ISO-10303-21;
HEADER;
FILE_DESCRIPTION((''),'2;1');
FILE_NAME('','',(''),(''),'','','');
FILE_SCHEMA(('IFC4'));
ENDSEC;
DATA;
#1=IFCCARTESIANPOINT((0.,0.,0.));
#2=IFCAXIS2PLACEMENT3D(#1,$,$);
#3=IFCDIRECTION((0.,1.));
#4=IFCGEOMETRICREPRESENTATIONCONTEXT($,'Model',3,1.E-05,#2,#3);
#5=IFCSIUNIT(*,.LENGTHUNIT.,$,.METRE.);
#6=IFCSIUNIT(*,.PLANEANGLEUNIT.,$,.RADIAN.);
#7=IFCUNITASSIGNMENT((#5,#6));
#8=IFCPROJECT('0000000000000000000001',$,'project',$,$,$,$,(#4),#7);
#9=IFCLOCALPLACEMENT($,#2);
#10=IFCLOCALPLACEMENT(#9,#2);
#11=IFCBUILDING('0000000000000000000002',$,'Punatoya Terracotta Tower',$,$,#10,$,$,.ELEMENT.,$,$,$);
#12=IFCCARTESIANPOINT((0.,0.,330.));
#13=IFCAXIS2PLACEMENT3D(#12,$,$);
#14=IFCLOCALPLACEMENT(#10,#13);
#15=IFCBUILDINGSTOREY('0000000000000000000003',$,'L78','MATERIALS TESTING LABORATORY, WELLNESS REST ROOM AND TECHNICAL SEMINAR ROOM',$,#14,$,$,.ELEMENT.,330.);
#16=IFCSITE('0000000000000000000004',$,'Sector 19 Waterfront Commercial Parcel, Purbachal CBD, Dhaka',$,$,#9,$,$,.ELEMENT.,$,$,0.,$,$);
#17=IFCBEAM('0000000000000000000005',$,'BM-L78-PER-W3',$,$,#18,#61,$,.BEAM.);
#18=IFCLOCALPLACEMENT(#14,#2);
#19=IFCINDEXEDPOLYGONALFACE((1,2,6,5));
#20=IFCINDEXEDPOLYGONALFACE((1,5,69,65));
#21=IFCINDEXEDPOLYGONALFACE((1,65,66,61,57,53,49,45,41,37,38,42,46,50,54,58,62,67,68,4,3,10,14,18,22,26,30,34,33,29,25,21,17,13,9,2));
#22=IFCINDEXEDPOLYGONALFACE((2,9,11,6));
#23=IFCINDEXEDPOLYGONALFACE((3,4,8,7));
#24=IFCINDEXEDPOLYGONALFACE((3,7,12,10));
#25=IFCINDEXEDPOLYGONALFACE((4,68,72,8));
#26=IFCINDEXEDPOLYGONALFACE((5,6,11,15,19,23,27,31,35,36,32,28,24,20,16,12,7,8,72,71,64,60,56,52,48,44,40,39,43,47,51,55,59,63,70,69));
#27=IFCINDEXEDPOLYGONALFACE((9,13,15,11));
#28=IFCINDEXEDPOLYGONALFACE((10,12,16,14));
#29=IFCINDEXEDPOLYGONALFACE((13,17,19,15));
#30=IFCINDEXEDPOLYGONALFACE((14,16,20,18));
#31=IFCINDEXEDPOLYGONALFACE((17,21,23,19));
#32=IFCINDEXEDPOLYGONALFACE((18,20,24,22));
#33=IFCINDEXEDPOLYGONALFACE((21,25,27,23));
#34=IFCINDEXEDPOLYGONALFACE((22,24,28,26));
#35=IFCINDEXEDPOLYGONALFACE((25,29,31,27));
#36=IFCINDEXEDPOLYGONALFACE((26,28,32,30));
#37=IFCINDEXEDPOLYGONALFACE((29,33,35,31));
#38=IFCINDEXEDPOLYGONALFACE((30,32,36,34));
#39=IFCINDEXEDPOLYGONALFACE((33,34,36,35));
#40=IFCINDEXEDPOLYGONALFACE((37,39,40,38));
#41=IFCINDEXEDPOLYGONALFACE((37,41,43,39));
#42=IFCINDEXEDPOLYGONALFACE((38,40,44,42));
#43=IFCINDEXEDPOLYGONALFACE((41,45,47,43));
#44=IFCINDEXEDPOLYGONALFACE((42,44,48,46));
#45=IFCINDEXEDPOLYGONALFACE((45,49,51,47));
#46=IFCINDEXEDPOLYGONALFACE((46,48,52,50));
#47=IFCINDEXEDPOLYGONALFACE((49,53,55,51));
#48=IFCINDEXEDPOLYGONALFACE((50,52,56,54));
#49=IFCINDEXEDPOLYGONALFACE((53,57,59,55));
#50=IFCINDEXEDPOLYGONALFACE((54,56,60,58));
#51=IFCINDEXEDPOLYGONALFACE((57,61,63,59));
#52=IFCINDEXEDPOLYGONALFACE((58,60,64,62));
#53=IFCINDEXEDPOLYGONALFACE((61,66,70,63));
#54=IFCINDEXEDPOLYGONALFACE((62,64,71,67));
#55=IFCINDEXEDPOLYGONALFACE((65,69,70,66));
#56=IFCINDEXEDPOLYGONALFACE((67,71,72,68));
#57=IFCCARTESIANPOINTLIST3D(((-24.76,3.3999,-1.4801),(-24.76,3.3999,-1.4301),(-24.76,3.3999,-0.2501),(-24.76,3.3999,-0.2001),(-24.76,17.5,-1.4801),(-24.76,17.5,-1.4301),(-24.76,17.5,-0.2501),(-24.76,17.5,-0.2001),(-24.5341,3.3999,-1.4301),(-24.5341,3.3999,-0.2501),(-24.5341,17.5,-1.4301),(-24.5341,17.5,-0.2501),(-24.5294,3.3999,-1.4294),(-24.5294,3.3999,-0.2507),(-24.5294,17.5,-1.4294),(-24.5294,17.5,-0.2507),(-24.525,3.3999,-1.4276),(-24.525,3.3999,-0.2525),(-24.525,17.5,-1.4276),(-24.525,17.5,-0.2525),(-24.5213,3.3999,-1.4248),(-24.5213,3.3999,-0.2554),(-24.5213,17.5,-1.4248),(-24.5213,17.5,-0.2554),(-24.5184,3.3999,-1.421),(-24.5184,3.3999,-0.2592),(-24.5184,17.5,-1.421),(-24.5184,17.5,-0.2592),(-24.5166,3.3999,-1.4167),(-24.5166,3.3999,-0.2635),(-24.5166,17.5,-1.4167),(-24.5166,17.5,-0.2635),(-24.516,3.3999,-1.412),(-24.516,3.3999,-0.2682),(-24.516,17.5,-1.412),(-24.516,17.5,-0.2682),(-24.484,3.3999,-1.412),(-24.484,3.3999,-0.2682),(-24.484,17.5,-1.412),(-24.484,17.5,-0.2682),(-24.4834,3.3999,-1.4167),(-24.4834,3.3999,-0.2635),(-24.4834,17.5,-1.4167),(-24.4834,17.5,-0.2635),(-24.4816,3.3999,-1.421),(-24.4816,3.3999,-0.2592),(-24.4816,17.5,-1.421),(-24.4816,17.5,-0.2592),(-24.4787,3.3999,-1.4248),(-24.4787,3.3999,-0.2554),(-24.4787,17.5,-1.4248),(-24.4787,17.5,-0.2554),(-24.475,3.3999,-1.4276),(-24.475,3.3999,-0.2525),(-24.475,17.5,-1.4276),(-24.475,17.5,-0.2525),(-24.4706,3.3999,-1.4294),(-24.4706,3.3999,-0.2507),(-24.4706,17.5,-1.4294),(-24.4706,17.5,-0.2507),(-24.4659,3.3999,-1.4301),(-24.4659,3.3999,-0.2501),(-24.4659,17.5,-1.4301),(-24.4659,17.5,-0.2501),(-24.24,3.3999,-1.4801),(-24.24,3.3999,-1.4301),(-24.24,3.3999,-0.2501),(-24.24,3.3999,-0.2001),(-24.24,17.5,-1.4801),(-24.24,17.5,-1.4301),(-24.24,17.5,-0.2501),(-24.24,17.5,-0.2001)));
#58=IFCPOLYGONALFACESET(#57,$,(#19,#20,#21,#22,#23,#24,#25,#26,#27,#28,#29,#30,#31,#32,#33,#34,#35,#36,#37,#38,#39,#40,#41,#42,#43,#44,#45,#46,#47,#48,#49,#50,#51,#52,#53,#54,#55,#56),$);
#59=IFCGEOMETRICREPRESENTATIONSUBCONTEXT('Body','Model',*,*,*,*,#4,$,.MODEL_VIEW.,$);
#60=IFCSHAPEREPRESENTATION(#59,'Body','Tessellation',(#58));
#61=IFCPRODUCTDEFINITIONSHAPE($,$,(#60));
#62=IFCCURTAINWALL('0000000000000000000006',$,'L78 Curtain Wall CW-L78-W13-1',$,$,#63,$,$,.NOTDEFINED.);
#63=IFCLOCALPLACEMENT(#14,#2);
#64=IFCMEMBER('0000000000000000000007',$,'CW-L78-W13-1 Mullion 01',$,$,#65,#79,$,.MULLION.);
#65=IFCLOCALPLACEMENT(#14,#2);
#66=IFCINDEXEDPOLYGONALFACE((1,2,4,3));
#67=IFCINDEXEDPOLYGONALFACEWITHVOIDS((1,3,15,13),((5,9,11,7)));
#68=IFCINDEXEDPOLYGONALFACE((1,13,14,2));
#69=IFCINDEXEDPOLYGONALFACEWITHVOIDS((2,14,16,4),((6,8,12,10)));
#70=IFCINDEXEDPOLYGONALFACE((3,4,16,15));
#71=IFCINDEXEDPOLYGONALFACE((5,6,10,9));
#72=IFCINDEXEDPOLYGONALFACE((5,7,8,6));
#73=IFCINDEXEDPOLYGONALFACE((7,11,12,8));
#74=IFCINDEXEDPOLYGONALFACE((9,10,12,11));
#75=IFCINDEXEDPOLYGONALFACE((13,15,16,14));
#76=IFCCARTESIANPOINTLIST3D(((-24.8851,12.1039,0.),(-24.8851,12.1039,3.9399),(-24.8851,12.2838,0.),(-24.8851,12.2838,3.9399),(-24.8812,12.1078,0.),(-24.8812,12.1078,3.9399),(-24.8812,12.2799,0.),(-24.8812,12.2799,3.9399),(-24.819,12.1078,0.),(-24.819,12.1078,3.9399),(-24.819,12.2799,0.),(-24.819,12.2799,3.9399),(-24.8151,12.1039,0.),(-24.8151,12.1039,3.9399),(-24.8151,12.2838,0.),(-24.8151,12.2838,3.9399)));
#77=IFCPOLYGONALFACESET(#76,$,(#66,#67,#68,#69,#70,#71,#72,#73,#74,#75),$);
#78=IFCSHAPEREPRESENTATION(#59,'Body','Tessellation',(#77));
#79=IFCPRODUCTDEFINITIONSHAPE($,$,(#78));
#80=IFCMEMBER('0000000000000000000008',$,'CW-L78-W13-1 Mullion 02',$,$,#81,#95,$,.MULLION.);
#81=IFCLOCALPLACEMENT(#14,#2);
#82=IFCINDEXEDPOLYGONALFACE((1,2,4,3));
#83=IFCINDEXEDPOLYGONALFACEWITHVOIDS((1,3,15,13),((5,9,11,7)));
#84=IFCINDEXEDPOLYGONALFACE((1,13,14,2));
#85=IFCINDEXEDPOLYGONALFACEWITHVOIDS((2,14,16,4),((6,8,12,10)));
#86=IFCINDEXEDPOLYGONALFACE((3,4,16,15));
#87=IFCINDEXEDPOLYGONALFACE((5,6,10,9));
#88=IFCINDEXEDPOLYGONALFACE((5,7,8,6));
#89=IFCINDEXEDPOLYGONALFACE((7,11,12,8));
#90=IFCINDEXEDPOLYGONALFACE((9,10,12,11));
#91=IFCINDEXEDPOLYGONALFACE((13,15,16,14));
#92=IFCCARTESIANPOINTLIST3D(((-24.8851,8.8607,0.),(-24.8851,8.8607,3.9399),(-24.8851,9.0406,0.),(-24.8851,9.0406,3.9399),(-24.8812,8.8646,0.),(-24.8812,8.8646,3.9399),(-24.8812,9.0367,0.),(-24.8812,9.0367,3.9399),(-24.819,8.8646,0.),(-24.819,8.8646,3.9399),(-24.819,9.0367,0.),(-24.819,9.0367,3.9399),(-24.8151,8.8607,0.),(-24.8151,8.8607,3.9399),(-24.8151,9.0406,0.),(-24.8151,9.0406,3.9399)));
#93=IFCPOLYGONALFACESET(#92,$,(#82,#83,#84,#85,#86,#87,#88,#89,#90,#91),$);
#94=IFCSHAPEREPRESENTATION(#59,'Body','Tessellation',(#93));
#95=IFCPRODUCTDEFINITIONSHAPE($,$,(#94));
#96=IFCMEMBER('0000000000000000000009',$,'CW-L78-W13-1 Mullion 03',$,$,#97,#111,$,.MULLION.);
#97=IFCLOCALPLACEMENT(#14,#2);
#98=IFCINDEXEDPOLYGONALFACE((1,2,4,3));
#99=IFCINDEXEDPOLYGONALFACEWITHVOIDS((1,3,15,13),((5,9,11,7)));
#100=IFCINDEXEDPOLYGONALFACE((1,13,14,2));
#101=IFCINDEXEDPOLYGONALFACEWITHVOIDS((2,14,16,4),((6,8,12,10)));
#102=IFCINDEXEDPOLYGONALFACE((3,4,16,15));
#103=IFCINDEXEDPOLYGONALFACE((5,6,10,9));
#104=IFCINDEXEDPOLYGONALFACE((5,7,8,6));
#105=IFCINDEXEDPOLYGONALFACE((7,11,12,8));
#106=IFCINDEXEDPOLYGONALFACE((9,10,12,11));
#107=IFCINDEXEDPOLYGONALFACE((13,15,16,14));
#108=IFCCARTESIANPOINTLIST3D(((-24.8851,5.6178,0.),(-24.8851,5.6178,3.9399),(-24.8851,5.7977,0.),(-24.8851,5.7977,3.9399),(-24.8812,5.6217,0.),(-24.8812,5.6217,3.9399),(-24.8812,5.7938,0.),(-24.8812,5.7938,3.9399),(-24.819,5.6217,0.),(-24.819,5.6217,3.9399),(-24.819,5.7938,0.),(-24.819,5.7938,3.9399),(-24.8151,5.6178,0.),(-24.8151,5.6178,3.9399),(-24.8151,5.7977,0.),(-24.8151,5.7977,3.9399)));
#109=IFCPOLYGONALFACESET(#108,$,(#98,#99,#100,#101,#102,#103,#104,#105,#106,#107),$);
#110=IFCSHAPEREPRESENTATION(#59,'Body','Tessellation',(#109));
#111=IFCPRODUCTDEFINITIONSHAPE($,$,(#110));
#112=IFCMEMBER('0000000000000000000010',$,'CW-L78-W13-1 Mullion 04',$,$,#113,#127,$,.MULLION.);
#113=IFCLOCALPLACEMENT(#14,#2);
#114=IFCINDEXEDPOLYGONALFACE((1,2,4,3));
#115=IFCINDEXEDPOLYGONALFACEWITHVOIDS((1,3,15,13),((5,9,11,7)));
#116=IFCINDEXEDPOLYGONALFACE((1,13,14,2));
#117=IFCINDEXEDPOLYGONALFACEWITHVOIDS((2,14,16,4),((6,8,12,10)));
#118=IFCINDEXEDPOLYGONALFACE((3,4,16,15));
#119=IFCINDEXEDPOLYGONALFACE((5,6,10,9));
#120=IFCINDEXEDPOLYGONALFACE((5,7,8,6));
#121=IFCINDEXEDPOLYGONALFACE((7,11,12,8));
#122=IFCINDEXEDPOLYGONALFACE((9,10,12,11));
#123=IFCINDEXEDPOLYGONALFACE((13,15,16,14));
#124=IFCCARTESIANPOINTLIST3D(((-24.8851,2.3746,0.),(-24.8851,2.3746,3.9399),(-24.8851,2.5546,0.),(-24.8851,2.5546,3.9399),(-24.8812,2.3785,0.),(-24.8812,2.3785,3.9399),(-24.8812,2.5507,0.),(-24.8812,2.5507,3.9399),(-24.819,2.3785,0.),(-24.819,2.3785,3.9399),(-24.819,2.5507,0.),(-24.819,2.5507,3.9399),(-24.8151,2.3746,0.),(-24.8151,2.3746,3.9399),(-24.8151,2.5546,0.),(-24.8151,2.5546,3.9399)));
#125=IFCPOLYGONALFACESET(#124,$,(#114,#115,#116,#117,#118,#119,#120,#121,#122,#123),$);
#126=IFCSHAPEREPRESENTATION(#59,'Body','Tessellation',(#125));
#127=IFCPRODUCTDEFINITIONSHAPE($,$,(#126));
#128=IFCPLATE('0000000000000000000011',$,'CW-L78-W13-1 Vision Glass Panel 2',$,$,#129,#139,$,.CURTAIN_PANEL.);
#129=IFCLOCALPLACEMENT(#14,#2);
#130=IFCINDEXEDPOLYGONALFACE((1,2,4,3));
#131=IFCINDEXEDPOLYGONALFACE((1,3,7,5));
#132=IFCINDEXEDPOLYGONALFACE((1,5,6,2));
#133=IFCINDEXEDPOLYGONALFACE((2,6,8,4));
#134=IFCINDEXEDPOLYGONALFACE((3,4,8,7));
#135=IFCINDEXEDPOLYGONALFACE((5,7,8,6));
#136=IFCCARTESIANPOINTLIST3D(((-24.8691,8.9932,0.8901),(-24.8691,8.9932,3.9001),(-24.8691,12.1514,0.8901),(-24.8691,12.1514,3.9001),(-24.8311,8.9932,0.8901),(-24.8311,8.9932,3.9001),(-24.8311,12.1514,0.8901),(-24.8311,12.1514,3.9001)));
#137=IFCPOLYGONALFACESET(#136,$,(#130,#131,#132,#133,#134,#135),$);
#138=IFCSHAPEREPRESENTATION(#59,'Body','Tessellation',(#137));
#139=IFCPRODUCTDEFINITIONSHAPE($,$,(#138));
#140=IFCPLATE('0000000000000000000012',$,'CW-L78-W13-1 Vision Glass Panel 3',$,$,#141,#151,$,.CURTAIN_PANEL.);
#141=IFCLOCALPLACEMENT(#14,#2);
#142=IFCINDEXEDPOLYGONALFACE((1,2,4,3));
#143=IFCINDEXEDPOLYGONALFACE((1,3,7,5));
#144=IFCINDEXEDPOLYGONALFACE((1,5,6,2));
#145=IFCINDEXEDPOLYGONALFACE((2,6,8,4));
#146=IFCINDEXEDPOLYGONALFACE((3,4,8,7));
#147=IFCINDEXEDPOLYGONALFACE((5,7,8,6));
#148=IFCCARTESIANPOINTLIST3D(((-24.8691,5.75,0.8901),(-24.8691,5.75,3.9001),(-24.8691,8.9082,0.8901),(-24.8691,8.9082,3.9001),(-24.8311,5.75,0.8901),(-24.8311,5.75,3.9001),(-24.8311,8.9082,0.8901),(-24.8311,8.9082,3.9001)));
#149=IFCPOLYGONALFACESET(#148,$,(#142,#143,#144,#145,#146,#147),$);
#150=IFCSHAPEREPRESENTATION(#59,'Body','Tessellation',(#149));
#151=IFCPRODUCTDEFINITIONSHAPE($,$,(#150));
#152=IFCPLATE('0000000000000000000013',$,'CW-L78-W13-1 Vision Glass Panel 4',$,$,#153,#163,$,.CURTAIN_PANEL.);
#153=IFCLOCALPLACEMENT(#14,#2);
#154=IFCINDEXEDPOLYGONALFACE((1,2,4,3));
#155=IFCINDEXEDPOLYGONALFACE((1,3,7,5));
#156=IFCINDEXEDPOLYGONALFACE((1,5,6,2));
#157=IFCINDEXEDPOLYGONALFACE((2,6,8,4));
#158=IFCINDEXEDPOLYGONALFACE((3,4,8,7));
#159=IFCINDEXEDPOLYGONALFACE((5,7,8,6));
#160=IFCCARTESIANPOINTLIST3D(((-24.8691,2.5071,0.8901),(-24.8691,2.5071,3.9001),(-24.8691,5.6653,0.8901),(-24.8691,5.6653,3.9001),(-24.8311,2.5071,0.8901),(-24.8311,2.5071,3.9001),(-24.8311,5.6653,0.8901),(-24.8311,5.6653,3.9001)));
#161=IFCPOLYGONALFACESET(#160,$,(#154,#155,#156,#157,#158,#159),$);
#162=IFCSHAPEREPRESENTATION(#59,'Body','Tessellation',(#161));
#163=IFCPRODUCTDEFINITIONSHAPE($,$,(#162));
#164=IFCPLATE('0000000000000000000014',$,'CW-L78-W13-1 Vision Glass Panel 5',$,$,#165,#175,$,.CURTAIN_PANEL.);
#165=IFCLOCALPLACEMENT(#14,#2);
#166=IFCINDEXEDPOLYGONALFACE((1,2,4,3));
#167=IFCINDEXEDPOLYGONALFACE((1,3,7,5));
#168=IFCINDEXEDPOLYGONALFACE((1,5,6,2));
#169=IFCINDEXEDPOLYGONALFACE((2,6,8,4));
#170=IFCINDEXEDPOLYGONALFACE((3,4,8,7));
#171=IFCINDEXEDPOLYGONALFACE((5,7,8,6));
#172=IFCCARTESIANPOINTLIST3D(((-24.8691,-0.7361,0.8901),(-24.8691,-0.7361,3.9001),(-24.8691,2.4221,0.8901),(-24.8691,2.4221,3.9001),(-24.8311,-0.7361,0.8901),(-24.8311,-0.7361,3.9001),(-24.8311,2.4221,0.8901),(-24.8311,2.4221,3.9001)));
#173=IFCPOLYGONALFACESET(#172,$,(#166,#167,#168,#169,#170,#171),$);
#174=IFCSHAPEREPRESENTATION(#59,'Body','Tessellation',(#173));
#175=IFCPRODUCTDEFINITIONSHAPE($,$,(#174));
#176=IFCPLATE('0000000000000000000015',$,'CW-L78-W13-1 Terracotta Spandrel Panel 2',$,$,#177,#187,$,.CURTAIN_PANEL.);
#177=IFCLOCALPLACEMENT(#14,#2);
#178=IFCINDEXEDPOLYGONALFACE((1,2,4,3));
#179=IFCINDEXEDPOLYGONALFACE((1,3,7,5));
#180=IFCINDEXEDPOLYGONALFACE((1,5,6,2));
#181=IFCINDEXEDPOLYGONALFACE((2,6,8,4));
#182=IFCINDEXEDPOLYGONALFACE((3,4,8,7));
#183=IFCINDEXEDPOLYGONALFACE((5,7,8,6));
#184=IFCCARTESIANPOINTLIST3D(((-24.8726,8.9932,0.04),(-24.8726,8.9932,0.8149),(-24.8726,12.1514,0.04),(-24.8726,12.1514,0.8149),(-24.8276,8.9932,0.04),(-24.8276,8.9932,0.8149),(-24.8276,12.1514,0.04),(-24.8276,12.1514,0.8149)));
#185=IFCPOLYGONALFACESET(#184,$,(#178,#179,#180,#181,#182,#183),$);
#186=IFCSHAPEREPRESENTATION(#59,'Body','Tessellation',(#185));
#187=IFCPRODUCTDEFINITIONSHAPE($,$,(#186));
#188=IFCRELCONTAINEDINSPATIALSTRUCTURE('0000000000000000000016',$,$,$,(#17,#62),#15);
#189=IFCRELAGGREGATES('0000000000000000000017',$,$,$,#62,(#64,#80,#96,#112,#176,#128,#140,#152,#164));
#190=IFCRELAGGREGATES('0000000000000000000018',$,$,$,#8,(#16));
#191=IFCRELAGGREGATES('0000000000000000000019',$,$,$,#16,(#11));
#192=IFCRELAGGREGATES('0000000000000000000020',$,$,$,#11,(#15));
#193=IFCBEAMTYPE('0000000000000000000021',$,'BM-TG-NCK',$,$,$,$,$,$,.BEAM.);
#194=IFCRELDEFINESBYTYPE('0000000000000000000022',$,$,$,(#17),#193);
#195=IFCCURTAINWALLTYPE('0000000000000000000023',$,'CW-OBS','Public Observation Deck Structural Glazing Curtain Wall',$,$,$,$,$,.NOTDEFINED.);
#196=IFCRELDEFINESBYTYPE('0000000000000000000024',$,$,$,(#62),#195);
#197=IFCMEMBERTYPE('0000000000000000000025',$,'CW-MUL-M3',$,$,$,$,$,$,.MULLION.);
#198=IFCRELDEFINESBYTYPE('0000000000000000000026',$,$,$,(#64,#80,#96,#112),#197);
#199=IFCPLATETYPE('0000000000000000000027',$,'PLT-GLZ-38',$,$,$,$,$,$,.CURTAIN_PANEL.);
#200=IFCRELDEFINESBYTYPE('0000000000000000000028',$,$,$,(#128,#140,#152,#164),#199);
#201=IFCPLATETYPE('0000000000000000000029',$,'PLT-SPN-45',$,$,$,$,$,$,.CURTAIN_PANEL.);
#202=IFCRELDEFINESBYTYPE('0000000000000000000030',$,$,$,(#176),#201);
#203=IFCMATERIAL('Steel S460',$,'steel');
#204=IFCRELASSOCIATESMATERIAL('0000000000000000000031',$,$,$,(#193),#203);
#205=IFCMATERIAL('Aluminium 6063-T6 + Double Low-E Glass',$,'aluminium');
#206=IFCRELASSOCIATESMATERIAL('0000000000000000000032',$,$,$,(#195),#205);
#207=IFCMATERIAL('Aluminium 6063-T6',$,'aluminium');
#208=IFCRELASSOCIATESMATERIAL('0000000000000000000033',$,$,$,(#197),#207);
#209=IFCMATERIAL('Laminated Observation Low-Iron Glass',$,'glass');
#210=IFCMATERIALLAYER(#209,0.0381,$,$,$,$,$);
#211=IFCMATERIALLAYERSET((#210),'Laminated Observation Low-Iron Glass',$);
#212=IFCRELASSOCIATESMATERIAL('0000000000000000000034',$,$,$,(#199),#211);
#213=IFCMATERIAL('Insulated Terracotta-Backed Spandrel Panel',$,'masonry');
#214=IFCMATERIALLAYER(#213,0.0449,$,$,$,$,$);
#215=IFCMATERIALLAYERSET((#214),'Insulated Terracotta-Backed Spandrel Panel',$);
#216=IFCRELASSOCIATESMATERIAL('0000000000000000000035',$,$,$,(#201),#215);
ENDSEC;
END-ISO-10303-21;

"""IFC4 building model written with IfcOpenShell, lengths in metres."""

from ifc_helpers import new_model, si_unit, direction, frame, origin, origin_2d, place, context, subcontext, project, spatial, rectangle, hollow_rectangle, i_section, extrude, material, layer, layer_set, material_profile, profile_set, type_object, element, aggregate, save


model = new_model("IFC4")

# Units and contexts
model_context = context("Model", 3, precision=1e-05, world=origin(), true_north=direction((0.0, 1.0)))
body_context = subcontext(model_context, "Body", "Model", "MODEL_VIEW")
ifc_project = project(units=[si_unit("LENGTHUNIT", "METRE"), si_unit("PLANEANGLEUNIT", "RADIAN")], contexts=[model_context])

# Site, building, storey
site_placement = place(None, origin())
site = spatial("IfcSite", under=ifc_project, at=site_placement, Name="Sector 19 Waterfront Commercial Parcel, Purbachal CBD, Dhaka", CompositionType="ELEMENT", RefElevation=0.0)
building_placement = place(site_placement, origin())
building = spatial("IfcBuilding", under=site, at=building_placement, Name="Punatoya Terracotta Tower", CompositionType="ELEMENT")
storey_placement = place(building_placement, frame((0.0, 0.0, 330.0)))
storey = spatial("IfcBuildingStorey", under=building, at=storey_placement, Name="L78", Description="MATERIALS TESTING LABORATORY, WELLNESS REST ROOM AND TECHNICAL SEMINAR ROOM", CompositionType="ELEMENT", Elevation=330.0)

# Shared definitions
ifc_material_1 = material(Name="Steel S460", Category="steel")

# Beam
ifc_material_profile_1 = material_profile(ifc_material_1, i_section(OverallWidth=0.52, OverallDepth=1.28, WebThickness=0.032, FlangeThickness=0.05, FilletRadius=0.0181, at=origin_2d()))
ifc_profile_set_1 = profile_set([ifc_material_profile_1], Name="Steel S460")
beam_type_1 = type_object("IfcBeamType", Name="BM-TG-NCK", PredefinedType="BEAM", material=ifc_profile_set_1)
beam_1_placement = place(storey_placement, frame((-24.5, 3.3999, -0.8401), z_axis=(0.0, 1.0, 0.0), x_axis=(-1.0, 0.0, 0.0)))
element("IfcBeam", 1, at=beam_1_placement, inside=storey, type_object=beam_type_1, Name="BM-L78-PER-W3", PredefinedType="BEAM", context=body_context, shape_type="SweptSolid", body=[
    extrude(i_section(OverallWidth=0.52, OverallDepth=1.28, WebThickness=0.032, FlangeThickness=0.05, FilletRadius=0.0181, at=origin_2d()), origin(), (0.0, 0.0, 1.0), 14.1001),
])

# Curtain wall, members, plates
ifc_material_2 = material(Name="Aluminium 6063-T6 + Double Low-E Glass", Category="aluminium")
curtain_wall_type = type_object("IfcCurtainWallType", Name="CW-OBS", Description="Public Observation Deck Structural Glazing Curtain Wall", PredefinedType="NOTDEFINED", material=ifc_material_2)
curtain_wall_placement = place(storey_placement, origin())
curtain_wall = element("IfcCurtainWall", 2, at=curtain_wall_placement, inside=storey, type_object=curtain_wall_type, Name="L78 Curtain Wall CW-L78-W13-1", PredefinedType="NOTDEFINED")
ifc_material_3 = material(Name="Aluminium 6063-T6", Category="aluminium")
ifc_material_profile_2 = material_profile(ifc_material_3, hollow_rectangle(XDim=0.0701, YDim=0.1799, WallThickness=0.0039, at=origin_2d()))
ifc_profile_set_2 = profile_set([ifc_material_profile_2], Name="Aluminium 6063-T6")
member_type = type_object("IfcMemberType", Name="CW-MUL-M3", PredefinedType="MULLION", material=ifc_profile_set_2)
member_1_placement = place(storey_placement, frame((-24.8501, 12.1938, 0.0), z_axis=(0.0, 0.0, 1.0), x_axis=(1.0, 0.0, 0.0)))
member_1 = element("IfcMember", 3, at=member_1_placement, type_object=member_type, Name="CW-L78-W13-1 Mullion 01", PredefinedType="MULLION", context=body_context, shape_type="SweptSolid", body=[
    extrude(hollow_rectangle(XDim=0.0701, YDim=0.1799, WallThickness=0.0039, at=origin_2d()), origin(), (0.0, 0.0, 1.0), 3.9399),
])
member_2_placement = place(storey_placement, frame((-24.8501, 8.9507, 0.0), z_axis=(0.0, 0.0, 1.0), x_axis=(1.0, 0.0, 0.0)))
member_2 = element("IfcMember", 4, at=member_2_placement, type_object=member_type, Name="CW-L78-W13-1 Mullion 02", PredefinedType="MULLION", context=body_context, shape_type="SweptSolid", body=[
    extrude(hollow_rectangle(XDim=0.0701, YDim=0.1799, WallThickness=0.0039, at=origin_2d()), origin(), (0.0, 0.0, 1.0), 3.9399),
])
member_3_placement = place(storey_placement, frame((-24.8501, 5.7078, 0.0), z_axis=(0.0, 0.0, 1.0), x_axis=(1.0, 0.0, 0.0)))
member_3 = element("IfcMember", 5, at=member_3_placement, type_object=member_type, Name="CW-L78-W13-1 Mullion 03", PredefinedType="MULLION", context=body_context, shape_type="SweptSolid", body=[
    extrude(hollow_rectangle(XDim=0.0701, YDim=0.1799, WallThickness=0.0039, at=origin_2d()), origin(), (0.0, 0.0, 1.0), 3.9399),
])
member_4_placement = place(storey_placement, frame((-24.8501, 2.4646, 0.0), z_axis=(0.0, 0.0, 1.0), x_axis=(1.0, 0.0, 0.0)))
member_4 = element("IfcMember", 6, at=member_4_placement, type_object=member_type, Name="CW-L78-W13-1 Mullion 04", PredefinedType="MULLION", context=body_context, shape_type="SweptSolid", body=[
    extrude(hollow_rectangle(XDim=0.0701, YDim=0.1799, WallThickness=0.0039, at=origin_2d()), origin(), (0.0, 0.0, 1.0), 3.9399),
])
ifc_material_4 = material(Name="Laminated Observation Low-Iron Glass", Category="glass")
ifc_layer_1 = layer(ifc_material_4, 0.0381)
ifc_layer_set_1 = layer_set([ifc_layer_1], Name="Laminated Observation Low-Iron Glass")
plate_type_1 = type_object("IfcPlateType", Name="PLT-GLZ-38", PredefinedType="CURTAIN_PANEL", material=ifc_layer_set_1)
plate_1_placement = place(storey_placement, frame((-24.8501, 10.5723, 0.8901), z_axis=(0.0, 0.0, 1.0), x_axis=(0.0, -1.0, 0.0)))
plate_1 = element("IfcPlate", 7, at=plate_1_placement, type_object=plate_type_1, Name="CW-L78-W13-1 Vision Glass Panel 2", PredefinedType="CURTAIN_PANEL", context=body_context, shape_type="SweptSolid", body=[
    extrude(rectangle(XDim=3.1582, YDim=0.0381, at=origin_2d()), origin(), (0.0, 0.0, 1.0), 3.01),
])
plate_2_placement = place(storey_placement, frame((-24.8501, 7.3291, 0.8901), z_axis=(0.0, 0.0, 1.0), x_axis=(0.0, -1.0, 0.0)))
plate_2 = element("IfcPlate", 8, at=plate_2_placement, type_object=plate_type_1, Name="CW-L78-W13-1 Vision Glass Panel 3", PredefinedType="CURTAIN_PANEL", context=body_context, shape_type="SweptSolid", body=[
    extrude(rectangle(XDim=3.1582, YDim=0.0381, at=origin_2d()), origin(), (0.0, 0.0, 1.0), 3.01),
])
plate_3_placement = place(storey_placement, frame((-24.8501, 4.0862, 0.8901), z_axis=(0.0, 0.0, 1.0), x_axis=(0.0, -1.0, 0.0)))
plate_3 = element("IfcPlate", 9, at=plate_3_placement, type_object=plate_type_1, Name="CW-L78-W13-1 Vision Glass Panel 4", PredefinedType="CURTAIN_PANEL", context=body_context, shape_type="SweptSolid", body=[
    extrude(rectangle(XDim=3.1582, YDim=0.0381, at=origin_2d()), origin(), (0.0, 0.0, 1.0), 3.01),
])
plate_4_placement = place(storey_placement, frame((-24.8501, 0.843, 0.8901), z_axis=(0.0, 0.0, 1.0), x_axis=(0.0, -1.0, 0.0)))
plate_4 = element("IfcPlate", 10, at=plate_4_placement, type_object=plate_type_1, Name="CW-L78-W13-1 Vision Glass Panel 5", PredefinedType="CURTAIN_PANEL", context=body_context, shape_type="SweptSolid", body=[
    extrude(rectangle(XDim=3.1582, YDim=0.0381, at=origin_2d()), origin(), (0.0, 0.0, 1.0), 3.01),
])
ifc_material_5 = material(Name="Insulated Terracotta-Backed Spandrel Panel", Category="masonry")
ifc_layer_2 = layer(ifc_material_5, 0.0449)
ifc_layer_set_2 = layer_set([ifc_layer_2], Name="Insulated Terracotta-Backed Spandrel Panel")
plate_type_2 = type_object("IfcPlateType", Name="PLT-SPN-45", PredefinedType="CURTAIN_PANEL", material=ifc_layer_set_2)
plate_5_placement = place(storey_placement, frame((-24.8501, 10.5723, 0.04), z_axis=(0.0, 0.0, 1.0), x_axis=(0.0, -1.0, 0.0)))
plate_5 = element("IfcPlate", 11, at=plate_5_placement, type_object=plate_type_2, Name="CW-L78-W13-1 Terracotta Spandrel Panel 2", PredefinedType="CURTAIN_PANEL", context=body_context, shape_type="SweptSolid", body=[
    extrude(rectangle(XDim=3.1582, YDim=0.0449, at=origin_2d()), origin(), (0.0, 0.0, 1.0), 0.7749),
])
aggregate(curtain_wall, [member_1, member_2, member_3, member_4, plate_5, plate_1, plate_2, plate_3, plate_4])

save(model, "model.ifc")
